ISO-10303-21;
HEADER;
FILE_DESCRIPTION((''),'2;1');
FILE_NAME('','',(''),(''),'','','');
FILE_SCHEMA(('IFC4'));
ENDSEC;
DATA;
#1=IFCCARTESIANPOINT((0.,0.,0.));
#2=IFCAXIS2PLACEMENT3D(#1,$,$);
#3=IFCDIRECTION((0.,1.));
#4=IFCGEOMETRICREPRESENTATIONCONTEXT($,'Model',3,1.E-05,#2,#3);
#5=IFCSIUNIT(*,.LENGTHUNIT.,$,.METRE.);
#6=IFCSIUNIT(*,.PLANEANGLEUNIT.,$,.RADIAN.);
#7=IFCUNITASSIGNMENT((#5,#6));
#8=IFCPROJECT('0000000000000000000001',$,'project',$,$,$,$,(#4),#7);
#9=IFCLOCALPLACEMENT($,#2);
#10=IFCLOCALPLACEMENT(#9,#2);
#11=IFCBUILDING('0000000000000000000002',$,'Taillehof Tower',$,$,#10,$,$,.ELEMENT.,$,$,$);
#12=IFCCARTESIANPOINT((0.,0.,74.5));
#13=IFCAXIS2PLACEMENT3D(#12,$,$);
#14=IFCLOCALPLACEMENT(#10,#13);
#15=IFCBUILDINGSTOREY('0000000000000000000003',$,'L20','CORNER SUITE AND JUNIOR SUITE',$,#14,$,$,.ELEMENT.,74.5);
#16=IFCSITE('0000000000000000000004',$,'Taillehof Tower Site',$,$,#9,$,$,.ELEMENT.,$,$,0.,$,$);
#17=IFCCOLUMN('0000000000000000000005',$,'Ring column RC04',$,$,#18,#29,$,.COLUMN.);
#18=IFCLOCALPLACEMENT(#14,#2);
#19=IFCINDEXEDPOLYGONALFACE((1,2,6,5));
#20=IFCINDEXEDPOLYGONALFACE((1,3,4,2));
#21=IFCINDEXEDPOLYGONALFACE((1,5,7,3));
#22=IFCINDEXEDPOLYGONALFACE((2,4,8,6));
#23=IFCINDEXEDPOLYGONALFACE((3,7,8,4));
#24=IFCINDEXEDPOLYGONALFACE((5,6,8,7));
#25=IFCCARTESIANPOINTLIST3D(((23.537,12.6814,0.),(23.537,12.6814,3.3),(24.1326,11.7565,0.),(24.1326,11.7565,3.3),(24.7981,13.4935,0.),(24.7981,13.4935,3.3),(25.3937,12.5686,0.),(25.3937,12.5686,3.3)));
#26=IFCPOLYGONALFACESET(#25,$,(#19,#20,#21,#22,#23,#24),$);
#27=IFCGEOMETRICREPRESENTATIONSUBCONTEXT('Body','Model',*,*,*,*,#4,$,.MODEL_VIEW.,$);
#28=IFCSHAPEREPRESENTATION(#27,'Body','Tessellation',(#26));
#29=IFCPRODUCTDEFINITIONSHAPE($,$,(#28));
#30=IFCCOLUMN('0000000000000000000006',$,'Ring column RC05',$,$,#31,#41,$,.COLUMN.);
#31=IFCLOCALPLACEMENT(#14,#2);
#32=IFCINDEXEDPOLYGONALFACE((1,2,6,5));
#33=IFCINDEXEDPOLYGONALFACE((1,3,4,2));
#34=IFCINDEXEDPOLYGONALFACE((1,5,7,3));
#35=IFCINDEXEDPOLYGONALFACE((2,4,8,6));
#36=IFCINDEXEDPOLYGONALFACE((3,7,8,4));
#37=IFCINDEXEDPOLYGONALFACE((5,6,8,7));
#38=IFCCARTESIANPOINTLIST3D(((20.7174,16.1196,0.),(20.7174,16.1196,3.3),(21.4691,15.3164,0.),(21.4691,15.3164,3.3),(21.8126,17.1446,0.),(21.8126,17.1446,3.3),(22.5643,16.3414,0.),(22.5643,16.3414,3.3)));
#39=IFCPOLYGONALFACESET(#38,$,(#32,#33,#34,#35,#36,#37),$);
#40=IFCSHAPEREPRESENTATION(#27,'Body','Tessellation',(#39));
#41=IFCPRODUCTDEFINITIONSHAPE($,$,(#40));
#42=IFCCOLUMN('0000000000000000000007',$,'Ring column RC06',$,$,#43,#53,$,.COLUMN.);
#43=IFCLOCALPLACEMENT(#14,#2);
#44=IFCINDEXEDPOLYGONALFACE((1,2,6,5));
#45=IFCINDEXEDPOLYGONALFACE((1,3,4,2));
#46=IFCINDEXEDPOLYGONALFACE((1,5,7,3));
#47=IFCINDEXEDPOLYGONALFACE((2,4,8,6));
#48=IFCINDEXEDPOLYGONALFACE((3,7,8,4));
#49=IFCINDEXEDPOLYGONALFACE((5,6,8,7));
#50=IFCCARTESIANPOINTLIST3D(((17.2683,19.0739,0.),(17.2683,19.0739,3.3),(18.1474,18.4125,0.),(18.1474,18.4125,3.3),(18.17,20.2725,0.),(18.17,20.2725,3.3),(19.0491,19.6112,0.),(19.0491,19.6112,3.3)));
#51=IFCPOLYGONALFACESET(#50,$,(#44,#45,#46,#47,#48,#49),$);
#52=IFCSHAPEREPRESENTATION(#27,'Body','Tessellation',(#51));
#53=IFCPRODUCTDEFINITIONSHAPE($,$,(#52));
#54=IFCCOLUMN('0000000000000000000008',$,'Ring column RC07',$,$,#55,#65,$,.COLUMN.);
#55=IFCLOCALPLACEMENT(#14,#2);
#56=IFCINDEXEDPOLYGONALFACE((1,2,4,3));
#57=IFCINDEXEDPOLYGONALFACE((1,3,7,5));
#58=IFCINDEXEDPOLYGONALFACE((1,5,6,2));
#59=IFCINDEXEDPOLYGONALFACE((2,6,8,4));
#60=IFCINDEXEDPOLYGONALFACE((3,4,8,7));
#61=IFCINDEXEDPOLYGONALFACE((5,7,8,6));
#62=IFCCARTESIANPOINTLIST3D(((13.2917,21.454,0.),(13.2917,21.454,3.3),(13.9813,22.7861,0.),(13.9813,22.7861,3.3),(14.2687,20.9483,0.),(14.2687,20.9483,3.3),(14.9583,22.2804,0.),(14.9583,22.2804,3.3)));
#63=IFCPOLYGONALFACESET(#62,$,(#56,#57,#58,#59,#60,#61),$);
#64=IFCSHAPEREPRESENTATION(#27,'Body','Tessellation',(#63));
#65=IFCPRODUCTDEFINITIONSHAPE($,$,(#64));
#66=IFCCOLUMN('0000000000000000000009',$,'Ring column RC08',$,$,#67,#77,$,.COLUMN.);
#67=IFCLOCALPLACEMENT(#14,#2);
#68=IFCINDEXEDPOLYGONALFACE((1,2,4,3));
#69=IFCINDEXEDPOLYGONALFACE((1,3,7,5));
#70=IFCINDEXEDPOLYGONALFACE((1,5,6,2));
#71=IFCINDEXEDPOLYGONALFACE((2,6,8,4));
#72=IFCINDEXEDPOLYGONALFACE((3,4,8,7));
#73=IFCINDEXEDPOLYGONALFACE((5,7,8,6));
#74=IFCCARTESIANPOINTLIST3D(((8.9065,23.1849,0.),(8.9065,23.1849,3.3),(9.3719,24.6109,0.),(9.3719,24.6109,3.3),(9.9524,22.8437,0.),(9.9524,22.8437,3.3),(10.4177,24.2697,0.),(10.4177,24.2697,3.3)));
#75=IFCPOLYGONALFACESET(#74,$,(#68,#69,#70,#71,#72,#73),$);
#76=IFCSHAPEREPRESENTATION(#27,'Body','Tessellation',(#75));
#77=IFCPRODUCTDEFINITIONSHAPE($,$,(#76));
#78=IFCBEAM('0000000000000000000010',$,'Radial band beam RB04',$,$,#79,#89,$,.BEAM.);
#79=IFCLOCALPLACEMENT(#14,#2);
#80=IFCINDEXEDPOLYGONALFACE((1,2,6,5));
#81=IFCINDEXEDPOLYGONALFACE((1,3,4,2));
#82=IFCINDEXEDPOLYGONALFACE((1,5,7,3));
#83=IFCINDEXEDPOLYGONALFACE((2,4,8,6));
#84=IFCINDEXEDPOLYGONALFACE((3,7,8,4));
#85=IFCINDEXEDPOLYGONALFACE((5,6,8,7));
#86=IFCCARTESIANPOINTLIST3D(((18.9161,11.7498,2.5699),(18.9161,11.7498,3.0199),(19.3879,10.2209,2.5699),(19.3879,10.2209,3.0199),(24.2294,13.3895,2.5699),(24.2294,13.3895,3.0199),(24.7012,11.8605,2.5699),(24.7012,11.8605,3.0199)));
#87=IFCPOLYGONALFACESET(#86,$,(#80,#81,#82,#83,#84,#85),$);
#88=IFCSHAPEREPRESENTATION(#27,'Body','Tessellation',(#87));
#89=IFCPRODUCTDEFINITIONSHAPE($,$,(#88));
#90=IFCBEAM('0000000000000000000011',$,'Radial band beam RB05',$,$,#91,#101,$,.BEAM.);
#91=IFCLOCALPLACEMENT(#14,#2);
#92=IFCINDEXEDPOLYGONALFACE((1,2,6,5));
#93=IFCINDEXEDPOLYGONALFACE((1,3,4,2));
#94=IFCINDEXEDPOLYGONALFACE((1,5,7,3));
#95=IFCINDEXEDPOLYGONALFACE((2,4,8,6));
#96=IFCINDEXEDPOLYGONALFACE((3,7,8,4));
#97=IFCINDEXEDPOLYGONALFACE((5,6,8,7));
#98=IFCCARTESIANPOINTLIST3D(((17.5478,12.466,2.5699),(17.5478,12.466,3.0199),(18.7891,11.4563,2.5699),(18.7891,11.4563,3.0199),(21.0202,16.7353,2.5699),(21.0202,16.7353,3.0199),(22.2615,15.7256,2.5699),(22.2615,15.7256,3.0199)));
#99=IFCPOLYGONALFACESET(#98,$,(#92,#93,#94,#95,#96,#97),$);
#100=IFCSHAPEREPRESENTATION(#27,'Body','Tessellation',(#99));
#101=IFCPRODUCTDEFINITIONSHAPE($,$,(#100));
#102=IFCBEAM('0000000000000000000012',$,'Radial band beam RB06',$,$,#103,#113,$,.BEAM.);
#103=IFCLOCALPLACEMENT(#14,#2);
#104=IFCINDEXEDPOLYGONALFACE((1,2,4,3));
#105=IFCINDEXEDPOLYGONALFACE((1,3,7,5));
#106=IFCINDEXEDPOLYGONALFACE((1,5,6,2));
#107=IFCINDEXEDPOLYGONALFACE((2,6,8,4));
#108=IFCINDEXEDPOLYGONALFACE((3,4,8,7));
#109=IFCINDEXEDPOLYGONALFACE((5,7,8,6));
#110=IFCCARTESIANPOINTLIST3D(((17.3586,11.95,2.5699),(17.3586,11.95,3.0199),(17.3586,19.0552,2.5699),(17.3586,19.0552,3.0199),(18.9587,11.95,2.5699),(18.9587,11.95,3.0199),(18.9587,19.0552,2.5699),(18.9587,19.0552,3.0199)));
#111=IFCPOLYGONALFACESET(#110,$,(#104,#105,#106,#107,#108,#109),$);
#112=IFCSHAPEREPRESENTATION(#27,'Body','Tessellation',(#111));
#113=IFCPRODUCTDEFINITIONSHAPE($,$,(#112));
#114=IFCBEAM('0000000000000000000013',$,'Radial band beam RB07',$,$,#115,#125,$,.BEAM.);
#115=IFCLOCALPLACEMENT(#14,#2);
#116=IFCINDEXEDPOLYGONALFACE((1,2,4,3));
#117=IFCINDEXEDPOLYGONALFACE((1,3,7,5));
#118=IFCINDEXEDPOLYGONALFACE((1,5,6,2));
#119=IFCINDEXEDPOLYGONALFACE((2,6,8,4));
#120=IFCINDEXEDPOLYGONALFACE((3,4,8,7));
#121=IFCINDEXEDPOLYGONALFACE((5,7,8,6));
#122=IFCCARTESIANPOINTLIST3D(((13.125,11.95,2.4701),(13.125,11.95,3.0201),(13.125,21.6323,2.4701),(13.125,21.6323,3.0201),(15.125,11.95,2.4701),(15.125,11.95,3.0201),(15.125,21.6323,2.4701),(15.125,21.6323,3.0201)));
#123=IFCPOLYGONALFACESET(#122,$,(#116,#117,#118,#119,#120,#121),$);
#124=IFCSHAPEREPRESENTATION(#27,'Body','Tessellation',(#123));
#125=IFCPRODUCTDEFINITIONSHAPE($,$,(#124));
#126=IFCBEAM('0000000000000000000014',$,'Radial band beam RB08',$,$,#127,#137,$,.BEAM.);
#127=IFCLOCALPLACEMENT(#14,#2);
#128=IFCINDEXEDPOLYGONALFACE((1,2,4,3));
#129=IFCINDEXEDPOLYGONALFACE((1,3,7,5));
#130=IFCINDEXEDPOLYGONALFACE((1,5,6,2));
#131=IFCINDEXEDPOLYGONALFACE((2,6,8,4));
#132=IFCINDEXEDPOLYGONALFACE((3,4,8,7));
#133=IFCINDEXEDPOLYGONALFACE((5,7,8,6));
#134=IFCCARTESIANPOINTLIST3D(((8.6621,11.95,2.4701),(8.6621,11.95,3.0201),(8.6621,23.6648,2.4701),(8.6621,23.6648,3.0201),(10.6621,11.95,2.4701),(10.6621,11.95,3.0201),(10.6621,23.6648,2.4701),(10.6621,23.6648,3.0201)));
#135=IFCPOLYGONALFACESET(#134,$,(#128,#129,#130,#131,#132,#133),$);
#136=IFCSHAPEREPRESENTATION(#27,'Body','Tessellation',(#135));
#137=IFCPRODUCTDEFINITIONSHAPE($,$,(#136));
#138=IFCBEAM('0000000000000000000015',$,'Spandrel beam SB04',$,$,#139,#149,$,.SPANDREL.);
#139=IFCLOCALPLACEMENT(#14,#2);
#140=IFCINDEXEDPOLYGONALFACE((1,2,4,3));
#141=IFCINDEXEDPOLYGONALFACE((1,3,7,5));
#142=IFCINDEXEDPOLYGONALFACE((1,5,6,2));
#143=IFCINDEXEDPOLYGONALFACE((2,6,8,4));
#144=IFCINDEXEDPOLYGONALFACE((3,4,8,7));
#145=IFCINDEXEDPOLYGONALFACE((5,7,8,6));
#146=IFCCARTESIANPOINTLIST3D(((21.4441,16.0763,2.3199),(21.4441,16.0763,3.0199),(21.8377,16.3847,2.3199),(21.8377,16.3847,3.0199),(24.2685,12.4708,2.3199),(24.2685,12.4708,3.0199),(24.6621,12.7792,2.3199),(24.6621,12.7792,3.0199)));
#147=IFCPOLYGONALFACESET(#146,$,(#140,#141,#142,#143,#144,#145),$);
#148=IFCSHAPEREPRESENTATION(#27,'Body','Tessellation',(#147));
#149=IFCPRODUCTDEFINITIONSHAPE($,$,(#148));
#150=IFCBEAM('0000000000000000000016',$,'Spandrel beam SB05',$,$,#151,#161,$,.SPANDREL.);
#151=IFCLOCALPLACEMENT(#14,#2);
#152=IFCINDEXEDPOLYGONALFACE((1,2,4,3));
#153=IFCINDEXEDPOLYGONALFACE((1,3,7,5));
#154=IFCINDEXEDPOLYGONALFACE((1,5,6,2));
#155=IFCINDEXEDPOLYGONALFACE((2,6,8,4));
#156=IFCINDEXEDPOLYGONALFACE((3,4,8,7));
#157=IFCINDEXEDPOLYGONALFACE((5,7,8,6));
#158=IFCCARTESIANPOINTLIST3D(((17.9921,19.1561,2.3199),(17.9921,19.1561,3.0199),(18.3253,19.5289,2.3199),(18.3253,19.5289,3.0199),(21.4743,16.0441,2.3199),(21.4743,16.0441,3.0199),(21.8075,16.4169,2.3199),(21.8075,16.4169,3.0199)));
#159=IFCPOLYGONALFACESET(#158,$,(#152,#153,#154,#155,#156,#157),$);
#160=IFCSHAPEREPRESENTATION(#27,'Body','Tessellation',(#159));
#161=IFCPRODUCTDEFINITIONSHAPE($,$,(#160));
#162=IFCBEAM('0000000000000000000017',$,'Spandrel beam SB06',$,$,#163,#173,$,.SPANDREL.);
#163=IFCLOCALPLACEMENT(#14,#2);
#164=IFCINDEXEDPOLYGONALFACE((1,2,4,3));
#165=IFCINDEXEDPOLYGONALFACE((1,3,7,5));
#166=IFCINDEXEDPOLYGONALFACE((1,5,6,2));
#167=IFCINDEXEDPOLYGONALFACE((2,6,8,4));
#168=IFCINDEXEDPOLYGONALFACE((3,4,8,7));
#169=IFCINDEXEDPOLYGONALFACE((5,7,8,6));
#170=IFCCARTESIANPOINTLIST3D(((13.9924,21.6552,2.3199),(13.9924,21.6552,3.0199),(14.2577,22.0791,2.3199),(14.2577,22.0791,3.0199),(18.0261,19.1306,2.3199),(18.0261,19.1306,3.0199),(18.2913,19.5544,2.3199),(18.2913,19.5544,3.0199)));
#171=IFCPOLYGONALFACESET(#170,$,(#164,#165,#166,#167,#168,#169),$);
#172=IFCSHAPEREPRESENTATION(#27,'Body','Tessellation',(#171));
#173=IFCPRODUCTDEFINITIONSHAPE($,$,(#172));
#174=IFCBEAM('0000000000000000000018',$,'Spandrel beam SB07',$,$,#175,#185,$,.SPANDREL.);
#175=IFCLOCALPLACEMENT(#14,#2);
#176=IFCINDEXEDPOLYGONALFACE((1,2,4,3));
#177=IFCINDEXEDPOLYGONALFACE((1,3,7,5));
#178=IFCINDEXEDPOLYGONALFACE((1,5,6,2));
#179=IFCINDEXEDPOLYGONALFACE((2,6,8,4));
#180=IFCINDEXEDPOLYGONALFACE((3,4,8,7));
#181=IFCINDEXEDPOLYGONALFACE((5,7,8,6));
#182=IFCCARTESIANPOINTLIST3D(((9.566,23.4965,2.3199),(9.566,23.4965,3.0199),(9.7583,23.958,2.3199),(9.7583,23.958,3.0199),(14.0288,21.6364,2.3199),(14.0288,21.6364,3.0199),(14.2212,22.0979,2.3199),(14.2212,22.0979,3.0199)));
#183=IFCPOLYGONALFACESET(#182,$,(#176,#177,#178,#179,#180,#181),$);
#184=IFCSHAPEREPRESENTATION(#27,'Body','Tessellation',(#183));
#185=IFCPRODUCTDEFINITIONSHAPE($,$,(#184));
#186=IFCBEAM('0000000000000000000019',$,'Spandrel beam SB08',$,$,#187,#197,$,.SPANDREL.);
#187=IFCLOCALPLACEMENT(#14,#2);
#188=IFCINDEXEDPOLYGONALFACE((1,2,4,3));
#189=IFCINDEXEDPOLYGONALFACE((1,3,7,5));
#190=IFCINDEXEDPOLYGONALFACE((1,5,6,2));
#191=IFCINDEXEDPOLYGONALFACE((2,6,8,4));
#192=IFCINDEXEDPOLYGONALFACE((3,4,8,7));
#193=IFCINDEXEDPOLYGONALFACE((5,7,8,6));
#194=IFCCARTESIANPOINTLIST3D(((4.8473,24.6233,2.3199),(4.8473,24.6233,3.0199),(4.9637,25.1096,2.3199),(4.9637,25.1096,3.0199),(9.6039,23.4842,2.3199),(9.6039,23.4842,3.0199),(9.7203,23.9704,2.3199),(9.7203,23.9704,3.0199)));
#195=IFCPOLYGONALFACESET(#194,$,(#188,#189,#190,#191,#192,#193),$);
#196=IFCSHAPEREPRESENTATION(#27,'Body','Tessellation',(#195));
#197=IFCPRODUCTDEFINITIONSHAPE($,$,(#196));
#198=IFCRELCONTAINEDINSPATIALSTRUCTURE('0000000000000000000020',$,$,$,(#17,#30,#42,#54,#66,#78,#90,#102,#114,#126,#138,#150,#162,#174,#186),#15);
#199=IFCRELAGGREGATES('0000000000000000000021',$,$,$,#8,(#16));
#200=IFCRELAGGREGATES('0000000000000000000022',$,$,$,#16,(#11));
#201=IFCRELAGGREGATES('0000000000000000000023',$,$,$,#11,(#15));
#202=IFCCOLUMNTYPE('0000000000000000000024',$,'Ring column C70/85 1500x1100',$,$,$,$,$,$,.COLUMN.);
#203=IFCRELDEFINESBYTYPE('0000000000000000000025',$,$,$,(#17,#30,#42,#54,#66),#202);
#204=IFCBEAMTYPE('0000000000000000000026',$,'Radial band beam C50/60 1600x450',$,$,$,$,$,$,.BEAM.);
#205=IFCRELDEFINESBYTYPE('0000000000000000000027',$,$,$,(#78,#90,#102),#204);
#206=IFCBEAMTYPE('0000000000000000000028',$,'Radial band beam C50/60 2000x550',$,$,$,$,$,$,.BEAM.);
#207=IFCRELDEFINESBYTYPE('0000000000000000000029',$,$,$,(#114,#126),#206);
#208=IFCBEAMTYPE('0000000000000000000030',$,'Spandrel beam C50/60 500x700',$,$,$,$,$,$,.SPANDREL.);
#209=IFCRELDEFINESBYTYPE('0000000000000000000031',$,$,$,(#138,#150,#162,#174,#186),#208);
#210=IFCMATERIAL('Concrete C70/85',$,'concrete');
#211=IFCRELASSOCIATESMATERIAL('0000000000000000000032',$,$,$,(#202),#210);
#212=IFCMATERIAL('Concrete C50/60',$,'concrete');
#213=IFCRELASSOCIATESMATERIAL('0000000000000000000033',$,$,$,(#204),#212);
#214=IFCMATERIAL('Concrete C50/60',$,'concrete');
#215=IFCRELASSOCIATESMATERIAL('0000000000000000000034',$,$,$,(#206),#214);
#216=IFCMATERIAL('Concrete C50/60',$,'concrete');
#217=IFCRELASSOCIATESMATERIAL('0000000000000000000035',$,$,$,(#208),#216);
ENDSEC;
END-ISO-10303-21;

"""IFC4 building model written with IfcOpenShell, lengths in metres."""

from ifc_helpers import new_model, si_unit, direction, frame, origin, origin_2d, place, context, subcontext, project, spatial, rectangle, extrude, material, material_profile, profile_set, type_object, element, save


model = new_model("IFC4")

# Units and contexts
model_context = context("Model", 3, precision=1e-05, world=origin(), true_north=direction((0.0, 1.0)))
body_context = subcontext(model_context, "Body", "Model", "MODEL_VIEW")
ifc_project = project(units=[si_unit("LENGTHUNIT", "METRE"), si_unit("PLANEANGLEUNIT", "RADIAN")], contexts=[model_context])

# Site, building, storey
site_placement = place(None, origin())
site = spatial("IfcSite", under=ifc_project, at=site_placement, Name="Taillehof Tower Site", CompositionType="ELEMENT", RefElevation=0.0)
building_placement = place(site_placement, origin())
building = spatial("IfcBuilding", under=site, at=building_placement, Name="Taillehof Tower", CompositionType="ELEMENT")
storey_placement = place(building_placement, frame((0.0, 0.0, 74.5)))
storey = spatial("IfcBuildingStorey", under=building, at=storey_placement, Name="L20", Description="CORNER SUITE AND JUNIOR SUITE", CompositionType="ELEMENT", Elevation=74.5)

# Columns
ifc_material_1 = material(Name="Concrete C70/85", Category="concrete")
ifc_material_profile_1 = material_profile(ifc_material_1, rectangle(XDim=1.5, YDim=1.1001, at=origin_2d()), Name="RC 1500x1100")
ifc_profile_set_1 = profile_set([ifc_material_profile_1], Name="Concrete C70/85")
column_type = type_object("IfcColumnType", Name="Ring column C70/85 1500x1100", PredefinedType="COLUMN", material=ifc_profile_set_1)
for number, where, z_axis, x_axis, name in (
    (1, (24.4653, 12.625, 0.0), (0.0, 0.0, 1.0), (0.840754, 0.541418, 0.0), "Ring column RC04"),
    (2, (21.6409, 16.2305, 0.0), (0.0, 0.0, 1.0), (0.730113, 0.683326, 0.0), "Ring column RC05"),
    (3, (18.1587, 19.3425, 0.0), (0.0, 0.0, 1.0), (0.601174, 0.799118, 0.0), "Ring column RC06"),
    (4, (14.125, 21.8672, 0.0), (0.0, 0.0, 1.0), (0.459691, 0.888079, 0.0), "Ring column RC07"),
    (5, (9.6621, 23.7273, 0.0), (0.0, 0.0, 1.0), (0.310219, 0.950665, 0.0), "Ring column RC08"),
):
    element("IfcColumn", number, at=place(storey_placement, frame(where, z_axis=z_axis, x_axis=x_axis)), inside=storey, type_object=column_type, Name=name, PredefinedType="COLUMN", context=body_context, shape_type="SweptSolid", body=[
        extrude(rectangle(XDim=1.5, YDim=1.1001, at=origin_2d()), origin(), (0.0, 0.0, 1.0), 3.3),
    ])

# Beams
ifc_material_2 = material(Name="Concrete C50/60", Category="concrete")
ifc_material_profile_2 = material_profile(ifc_material_2, rectangle(XDim=1.6001, YDim=0.45, at=origin_2d()), Name="RC 1600x450")
ifc_profile_set_2 = profile_set([ifc_material_profile_2], Name="Concrete C50/60")
beam_type_1 = type_object("IfcBeamType", Name="Radial band beam C50/60 1600x450", PredefinedType="BEAM", material=ifc_profile_set_2)
beam_1_placement = place(storey_placement, frame((24.4653, 12.625, 2.7949), z_axis=(-0.955536, -0.294876, 0.0), x_axis=(0.294876, -0.955536, 0.0)))
element("IfcBeam", 6, at=beam_1_placement, inside=storey, type_object=beam_type_1, Name="Radial band beam RB04", PredefinedType="BEAM", context=body_context, shape_type="SweptSolid", body=[
    extrude(rectangle(XDim=1.6001, YDim=0.45, at=origin_2d()), origin(), (0.0, 0.0, 1.0), 5.5605),
])
beam_2_placement = place(storey_placement, frame((21.6409, 16.2305, 2.7949), z_axis=(-0.630988, -0.775792, 0.0), x_axis=(0.775792, -0.630988, 0.0)))
element("IfcBeam", 7, at=beam_2_placement, inside=storey, type_object=beam_type_1, Name="Radial band beam RB05", PredefinedType="BEAM", context=body_context, shape_type="SweptSolid", body=[
    extrude(rectangle(XDim=1.6001, YDim=0.45, at=origin_2d()), origin(), (0.0, 0.0, 1.0), 5.5032),
])
beam_3_placement = place(storey_placement, frame((18.1587, 19.0552, 2.7949), z_axis=(0.0, -1.0, 0.0), x_axis=(1.0, 0.0, 0.0)))
element("IfcBeam", 8, at=beam_3_placement, inside=storey, type_object=beam_type_1, Name="Radial band beam RB06", PredefinedType="BEAM", context=body_context, shape_type="SweptSolid", body=[
    extrude(rectangle(XDim=1.6001, YDim=0.45, at=origin_2d()), origin(), (0.0, 0.0, 1.0), 7.1052),
])
ifc_material_3 = material(Name="Concrete C50/60", Category="concrete")
ifc_material_profile_3 = material_profile(ifc_material_3, rectangle(XDim=2.0, YDim=0.55, at=origin_2d()), Name="RC 2000x550")
ifc_profile_set_3 = profile_set([ifc_material_profile_3], Name="Concrete C50/60")
beam_type_2 = type_object("IfcBeamType", Name="Radial band beam C50/60 2000x550", PredefinedType="BEAM", material=ifc_profile_set_3)
beam_4_placement = place(storey_placement, frame((14.125, 21.6323, 2.7451), z_axis=(0.0, -1.0, 0.0), x_axis=(1.0, 0.0, 0.0)))
element("IfcBeam", 9, at=beam_4_placement, inside=storey, type_object=beam_type_2, Name="Radial band beam RB07", PredefinedType="BEAM", context=body_context, shape_type="SweptSolid", body=[
    extrude(rectangle(XDim=2.0, YDim=0.55, at=origin_2d()), origin(), (0.0, 0.0, 1.0), 9.6824),
])
beam_5_placement = place(storey_placement, frame((9.6621, 23.6648, 2.7451), z_axis=(0.0, -1.0, 0.0), x_axis=(1.0, 0.0, 0.0)))
element("IfcBeam", 10, at=beam_5_placement, inside=storey, type_object=beam_type_2, Name="Radial band beam RB08", PredefinedType="BEAM", context=body_context, shape_type="SweptSolid", body=[
    extrude(rectangle(XDim=2.0, YDim=0.55, at=origin_2d()), origin(), (0.0, 0.0, 1.0), 11.7148),
])
ifc_material_4 = material(Name="Concrete C50/60", Category="concrete")
ifc_material_profile_4 = material_profile(ifc_material_4, rectangle(XDim=0.5, YDim=0.7, at=origin_2d()), Name="RC 500x700")
ifc_profile_set_4 = profile_set([ifc_material_profile_4], Name="Concrete C50/60")
beam_type_3 = type_object("IfcBeamType", Name="Spandrel beam C50/60 500x700", PredefinedType="SPANDREL", material=ifc_profile_set_4)
beam_6_placement = place(storey_placement, frame((24.4653, 12.625, 2.6699), z_axis=(-0.616686, 0.787209, 0.0), x_axis=(-0.787209, -0.616686, 0.0)))
element("IfcBeam", 11, at=beam_6_placement, inside=storey, type_object=beam_type_3, Name="Spandrel beam SB04", PredefinedType="SPANDREL", context=body_context, shape_type="SweptSolid", body=[
    extrude(rectangle(XDim=0.5, YDim=0.7, at=origin_2d()), origin(), (0.0, 0.0, 1.0), 4.5801),
])
beam_7_placement = place(storey_placement, frame((21.6409, 16.2305, 2.6699), z_axis=(-0.745621, 0.66637, 0.0), x_axis=(-0.66637, -0.745621, 0.0)))
element("IfcBeam", 12, at=beam_7_placement, inside=storey, type_object=beam_type_3, Name="Spandrel beam SB05", PredefinedType="SPANDREL", context=body_context, shape_type="SweptSolid", body=[
    extrude(rectangle(XDim=0.5, YDim=0.7, at=origin_2d()), origin(), (0.0, 0.0, 1.0), 4.6702),
])
beam_8_placement = place(storey_placement, frame((18.1587, 19.3425, 2.6699), z_axis=(-0.847658, 0.530543, 0.0), x_axis=(-0.530543, -0.847658, 0.0)))
element("IfcBeam", 13, at=beam_8_placement, inside=storey, type_object=beam_type_3, Name="Spandrel beam SB06", PredefinedType="SPANDREL", context=body_context, shape_type="SweptSolid", body=[
    extrude(rectangle(XDim=0.5, YDim=0.7, at=origin_2d()), origin(), (0.0, 0.0, 1.0), 4.7585),
])
beam_9_placement = place(storey_placement, frame((14.125, 21.8672, 2.6699), z_axis=(-0.923035, 0.384716, 0.0), x_axis=(-0.384716, -0.923035, 0.0)))
element("IfcBeam", 14, at=beam_9_placement, inside=storey, type_object=beam_type_3, Name="Spandrel beam SB07", PredefinedType="SPANDREL", context=body_context, shape_type="SweptSolid", body=[
    extrude(rectangle(XDim=0.5, YDim=0.7, at=origin_2d()), origin(), (0.0, 0.0, 1.0), 4.835),
])
beam_10_placement = place(storey_placement, frame((9.6621, 23.7273, 2.6699), z_axis=(-0.9725, 0.232905, 0.0), x_axis=(-0.232905, -0.9725, 0.0)))
element("IfcBeam", 15, at=beam_10_placement, inside=storey, type_object=beam_type_3, Name="Spandrel beam SB08", PredefinedType="SPANDREL", context=body_context, shape_type="SweptSolid", body=[
    extrude(rectangle(XDim=0.5, YDim=0.7, at=origin_2d()), origin(), (0.0, 0.0, 1.0), 4.8911),
])

save(model, "model.ifc")
